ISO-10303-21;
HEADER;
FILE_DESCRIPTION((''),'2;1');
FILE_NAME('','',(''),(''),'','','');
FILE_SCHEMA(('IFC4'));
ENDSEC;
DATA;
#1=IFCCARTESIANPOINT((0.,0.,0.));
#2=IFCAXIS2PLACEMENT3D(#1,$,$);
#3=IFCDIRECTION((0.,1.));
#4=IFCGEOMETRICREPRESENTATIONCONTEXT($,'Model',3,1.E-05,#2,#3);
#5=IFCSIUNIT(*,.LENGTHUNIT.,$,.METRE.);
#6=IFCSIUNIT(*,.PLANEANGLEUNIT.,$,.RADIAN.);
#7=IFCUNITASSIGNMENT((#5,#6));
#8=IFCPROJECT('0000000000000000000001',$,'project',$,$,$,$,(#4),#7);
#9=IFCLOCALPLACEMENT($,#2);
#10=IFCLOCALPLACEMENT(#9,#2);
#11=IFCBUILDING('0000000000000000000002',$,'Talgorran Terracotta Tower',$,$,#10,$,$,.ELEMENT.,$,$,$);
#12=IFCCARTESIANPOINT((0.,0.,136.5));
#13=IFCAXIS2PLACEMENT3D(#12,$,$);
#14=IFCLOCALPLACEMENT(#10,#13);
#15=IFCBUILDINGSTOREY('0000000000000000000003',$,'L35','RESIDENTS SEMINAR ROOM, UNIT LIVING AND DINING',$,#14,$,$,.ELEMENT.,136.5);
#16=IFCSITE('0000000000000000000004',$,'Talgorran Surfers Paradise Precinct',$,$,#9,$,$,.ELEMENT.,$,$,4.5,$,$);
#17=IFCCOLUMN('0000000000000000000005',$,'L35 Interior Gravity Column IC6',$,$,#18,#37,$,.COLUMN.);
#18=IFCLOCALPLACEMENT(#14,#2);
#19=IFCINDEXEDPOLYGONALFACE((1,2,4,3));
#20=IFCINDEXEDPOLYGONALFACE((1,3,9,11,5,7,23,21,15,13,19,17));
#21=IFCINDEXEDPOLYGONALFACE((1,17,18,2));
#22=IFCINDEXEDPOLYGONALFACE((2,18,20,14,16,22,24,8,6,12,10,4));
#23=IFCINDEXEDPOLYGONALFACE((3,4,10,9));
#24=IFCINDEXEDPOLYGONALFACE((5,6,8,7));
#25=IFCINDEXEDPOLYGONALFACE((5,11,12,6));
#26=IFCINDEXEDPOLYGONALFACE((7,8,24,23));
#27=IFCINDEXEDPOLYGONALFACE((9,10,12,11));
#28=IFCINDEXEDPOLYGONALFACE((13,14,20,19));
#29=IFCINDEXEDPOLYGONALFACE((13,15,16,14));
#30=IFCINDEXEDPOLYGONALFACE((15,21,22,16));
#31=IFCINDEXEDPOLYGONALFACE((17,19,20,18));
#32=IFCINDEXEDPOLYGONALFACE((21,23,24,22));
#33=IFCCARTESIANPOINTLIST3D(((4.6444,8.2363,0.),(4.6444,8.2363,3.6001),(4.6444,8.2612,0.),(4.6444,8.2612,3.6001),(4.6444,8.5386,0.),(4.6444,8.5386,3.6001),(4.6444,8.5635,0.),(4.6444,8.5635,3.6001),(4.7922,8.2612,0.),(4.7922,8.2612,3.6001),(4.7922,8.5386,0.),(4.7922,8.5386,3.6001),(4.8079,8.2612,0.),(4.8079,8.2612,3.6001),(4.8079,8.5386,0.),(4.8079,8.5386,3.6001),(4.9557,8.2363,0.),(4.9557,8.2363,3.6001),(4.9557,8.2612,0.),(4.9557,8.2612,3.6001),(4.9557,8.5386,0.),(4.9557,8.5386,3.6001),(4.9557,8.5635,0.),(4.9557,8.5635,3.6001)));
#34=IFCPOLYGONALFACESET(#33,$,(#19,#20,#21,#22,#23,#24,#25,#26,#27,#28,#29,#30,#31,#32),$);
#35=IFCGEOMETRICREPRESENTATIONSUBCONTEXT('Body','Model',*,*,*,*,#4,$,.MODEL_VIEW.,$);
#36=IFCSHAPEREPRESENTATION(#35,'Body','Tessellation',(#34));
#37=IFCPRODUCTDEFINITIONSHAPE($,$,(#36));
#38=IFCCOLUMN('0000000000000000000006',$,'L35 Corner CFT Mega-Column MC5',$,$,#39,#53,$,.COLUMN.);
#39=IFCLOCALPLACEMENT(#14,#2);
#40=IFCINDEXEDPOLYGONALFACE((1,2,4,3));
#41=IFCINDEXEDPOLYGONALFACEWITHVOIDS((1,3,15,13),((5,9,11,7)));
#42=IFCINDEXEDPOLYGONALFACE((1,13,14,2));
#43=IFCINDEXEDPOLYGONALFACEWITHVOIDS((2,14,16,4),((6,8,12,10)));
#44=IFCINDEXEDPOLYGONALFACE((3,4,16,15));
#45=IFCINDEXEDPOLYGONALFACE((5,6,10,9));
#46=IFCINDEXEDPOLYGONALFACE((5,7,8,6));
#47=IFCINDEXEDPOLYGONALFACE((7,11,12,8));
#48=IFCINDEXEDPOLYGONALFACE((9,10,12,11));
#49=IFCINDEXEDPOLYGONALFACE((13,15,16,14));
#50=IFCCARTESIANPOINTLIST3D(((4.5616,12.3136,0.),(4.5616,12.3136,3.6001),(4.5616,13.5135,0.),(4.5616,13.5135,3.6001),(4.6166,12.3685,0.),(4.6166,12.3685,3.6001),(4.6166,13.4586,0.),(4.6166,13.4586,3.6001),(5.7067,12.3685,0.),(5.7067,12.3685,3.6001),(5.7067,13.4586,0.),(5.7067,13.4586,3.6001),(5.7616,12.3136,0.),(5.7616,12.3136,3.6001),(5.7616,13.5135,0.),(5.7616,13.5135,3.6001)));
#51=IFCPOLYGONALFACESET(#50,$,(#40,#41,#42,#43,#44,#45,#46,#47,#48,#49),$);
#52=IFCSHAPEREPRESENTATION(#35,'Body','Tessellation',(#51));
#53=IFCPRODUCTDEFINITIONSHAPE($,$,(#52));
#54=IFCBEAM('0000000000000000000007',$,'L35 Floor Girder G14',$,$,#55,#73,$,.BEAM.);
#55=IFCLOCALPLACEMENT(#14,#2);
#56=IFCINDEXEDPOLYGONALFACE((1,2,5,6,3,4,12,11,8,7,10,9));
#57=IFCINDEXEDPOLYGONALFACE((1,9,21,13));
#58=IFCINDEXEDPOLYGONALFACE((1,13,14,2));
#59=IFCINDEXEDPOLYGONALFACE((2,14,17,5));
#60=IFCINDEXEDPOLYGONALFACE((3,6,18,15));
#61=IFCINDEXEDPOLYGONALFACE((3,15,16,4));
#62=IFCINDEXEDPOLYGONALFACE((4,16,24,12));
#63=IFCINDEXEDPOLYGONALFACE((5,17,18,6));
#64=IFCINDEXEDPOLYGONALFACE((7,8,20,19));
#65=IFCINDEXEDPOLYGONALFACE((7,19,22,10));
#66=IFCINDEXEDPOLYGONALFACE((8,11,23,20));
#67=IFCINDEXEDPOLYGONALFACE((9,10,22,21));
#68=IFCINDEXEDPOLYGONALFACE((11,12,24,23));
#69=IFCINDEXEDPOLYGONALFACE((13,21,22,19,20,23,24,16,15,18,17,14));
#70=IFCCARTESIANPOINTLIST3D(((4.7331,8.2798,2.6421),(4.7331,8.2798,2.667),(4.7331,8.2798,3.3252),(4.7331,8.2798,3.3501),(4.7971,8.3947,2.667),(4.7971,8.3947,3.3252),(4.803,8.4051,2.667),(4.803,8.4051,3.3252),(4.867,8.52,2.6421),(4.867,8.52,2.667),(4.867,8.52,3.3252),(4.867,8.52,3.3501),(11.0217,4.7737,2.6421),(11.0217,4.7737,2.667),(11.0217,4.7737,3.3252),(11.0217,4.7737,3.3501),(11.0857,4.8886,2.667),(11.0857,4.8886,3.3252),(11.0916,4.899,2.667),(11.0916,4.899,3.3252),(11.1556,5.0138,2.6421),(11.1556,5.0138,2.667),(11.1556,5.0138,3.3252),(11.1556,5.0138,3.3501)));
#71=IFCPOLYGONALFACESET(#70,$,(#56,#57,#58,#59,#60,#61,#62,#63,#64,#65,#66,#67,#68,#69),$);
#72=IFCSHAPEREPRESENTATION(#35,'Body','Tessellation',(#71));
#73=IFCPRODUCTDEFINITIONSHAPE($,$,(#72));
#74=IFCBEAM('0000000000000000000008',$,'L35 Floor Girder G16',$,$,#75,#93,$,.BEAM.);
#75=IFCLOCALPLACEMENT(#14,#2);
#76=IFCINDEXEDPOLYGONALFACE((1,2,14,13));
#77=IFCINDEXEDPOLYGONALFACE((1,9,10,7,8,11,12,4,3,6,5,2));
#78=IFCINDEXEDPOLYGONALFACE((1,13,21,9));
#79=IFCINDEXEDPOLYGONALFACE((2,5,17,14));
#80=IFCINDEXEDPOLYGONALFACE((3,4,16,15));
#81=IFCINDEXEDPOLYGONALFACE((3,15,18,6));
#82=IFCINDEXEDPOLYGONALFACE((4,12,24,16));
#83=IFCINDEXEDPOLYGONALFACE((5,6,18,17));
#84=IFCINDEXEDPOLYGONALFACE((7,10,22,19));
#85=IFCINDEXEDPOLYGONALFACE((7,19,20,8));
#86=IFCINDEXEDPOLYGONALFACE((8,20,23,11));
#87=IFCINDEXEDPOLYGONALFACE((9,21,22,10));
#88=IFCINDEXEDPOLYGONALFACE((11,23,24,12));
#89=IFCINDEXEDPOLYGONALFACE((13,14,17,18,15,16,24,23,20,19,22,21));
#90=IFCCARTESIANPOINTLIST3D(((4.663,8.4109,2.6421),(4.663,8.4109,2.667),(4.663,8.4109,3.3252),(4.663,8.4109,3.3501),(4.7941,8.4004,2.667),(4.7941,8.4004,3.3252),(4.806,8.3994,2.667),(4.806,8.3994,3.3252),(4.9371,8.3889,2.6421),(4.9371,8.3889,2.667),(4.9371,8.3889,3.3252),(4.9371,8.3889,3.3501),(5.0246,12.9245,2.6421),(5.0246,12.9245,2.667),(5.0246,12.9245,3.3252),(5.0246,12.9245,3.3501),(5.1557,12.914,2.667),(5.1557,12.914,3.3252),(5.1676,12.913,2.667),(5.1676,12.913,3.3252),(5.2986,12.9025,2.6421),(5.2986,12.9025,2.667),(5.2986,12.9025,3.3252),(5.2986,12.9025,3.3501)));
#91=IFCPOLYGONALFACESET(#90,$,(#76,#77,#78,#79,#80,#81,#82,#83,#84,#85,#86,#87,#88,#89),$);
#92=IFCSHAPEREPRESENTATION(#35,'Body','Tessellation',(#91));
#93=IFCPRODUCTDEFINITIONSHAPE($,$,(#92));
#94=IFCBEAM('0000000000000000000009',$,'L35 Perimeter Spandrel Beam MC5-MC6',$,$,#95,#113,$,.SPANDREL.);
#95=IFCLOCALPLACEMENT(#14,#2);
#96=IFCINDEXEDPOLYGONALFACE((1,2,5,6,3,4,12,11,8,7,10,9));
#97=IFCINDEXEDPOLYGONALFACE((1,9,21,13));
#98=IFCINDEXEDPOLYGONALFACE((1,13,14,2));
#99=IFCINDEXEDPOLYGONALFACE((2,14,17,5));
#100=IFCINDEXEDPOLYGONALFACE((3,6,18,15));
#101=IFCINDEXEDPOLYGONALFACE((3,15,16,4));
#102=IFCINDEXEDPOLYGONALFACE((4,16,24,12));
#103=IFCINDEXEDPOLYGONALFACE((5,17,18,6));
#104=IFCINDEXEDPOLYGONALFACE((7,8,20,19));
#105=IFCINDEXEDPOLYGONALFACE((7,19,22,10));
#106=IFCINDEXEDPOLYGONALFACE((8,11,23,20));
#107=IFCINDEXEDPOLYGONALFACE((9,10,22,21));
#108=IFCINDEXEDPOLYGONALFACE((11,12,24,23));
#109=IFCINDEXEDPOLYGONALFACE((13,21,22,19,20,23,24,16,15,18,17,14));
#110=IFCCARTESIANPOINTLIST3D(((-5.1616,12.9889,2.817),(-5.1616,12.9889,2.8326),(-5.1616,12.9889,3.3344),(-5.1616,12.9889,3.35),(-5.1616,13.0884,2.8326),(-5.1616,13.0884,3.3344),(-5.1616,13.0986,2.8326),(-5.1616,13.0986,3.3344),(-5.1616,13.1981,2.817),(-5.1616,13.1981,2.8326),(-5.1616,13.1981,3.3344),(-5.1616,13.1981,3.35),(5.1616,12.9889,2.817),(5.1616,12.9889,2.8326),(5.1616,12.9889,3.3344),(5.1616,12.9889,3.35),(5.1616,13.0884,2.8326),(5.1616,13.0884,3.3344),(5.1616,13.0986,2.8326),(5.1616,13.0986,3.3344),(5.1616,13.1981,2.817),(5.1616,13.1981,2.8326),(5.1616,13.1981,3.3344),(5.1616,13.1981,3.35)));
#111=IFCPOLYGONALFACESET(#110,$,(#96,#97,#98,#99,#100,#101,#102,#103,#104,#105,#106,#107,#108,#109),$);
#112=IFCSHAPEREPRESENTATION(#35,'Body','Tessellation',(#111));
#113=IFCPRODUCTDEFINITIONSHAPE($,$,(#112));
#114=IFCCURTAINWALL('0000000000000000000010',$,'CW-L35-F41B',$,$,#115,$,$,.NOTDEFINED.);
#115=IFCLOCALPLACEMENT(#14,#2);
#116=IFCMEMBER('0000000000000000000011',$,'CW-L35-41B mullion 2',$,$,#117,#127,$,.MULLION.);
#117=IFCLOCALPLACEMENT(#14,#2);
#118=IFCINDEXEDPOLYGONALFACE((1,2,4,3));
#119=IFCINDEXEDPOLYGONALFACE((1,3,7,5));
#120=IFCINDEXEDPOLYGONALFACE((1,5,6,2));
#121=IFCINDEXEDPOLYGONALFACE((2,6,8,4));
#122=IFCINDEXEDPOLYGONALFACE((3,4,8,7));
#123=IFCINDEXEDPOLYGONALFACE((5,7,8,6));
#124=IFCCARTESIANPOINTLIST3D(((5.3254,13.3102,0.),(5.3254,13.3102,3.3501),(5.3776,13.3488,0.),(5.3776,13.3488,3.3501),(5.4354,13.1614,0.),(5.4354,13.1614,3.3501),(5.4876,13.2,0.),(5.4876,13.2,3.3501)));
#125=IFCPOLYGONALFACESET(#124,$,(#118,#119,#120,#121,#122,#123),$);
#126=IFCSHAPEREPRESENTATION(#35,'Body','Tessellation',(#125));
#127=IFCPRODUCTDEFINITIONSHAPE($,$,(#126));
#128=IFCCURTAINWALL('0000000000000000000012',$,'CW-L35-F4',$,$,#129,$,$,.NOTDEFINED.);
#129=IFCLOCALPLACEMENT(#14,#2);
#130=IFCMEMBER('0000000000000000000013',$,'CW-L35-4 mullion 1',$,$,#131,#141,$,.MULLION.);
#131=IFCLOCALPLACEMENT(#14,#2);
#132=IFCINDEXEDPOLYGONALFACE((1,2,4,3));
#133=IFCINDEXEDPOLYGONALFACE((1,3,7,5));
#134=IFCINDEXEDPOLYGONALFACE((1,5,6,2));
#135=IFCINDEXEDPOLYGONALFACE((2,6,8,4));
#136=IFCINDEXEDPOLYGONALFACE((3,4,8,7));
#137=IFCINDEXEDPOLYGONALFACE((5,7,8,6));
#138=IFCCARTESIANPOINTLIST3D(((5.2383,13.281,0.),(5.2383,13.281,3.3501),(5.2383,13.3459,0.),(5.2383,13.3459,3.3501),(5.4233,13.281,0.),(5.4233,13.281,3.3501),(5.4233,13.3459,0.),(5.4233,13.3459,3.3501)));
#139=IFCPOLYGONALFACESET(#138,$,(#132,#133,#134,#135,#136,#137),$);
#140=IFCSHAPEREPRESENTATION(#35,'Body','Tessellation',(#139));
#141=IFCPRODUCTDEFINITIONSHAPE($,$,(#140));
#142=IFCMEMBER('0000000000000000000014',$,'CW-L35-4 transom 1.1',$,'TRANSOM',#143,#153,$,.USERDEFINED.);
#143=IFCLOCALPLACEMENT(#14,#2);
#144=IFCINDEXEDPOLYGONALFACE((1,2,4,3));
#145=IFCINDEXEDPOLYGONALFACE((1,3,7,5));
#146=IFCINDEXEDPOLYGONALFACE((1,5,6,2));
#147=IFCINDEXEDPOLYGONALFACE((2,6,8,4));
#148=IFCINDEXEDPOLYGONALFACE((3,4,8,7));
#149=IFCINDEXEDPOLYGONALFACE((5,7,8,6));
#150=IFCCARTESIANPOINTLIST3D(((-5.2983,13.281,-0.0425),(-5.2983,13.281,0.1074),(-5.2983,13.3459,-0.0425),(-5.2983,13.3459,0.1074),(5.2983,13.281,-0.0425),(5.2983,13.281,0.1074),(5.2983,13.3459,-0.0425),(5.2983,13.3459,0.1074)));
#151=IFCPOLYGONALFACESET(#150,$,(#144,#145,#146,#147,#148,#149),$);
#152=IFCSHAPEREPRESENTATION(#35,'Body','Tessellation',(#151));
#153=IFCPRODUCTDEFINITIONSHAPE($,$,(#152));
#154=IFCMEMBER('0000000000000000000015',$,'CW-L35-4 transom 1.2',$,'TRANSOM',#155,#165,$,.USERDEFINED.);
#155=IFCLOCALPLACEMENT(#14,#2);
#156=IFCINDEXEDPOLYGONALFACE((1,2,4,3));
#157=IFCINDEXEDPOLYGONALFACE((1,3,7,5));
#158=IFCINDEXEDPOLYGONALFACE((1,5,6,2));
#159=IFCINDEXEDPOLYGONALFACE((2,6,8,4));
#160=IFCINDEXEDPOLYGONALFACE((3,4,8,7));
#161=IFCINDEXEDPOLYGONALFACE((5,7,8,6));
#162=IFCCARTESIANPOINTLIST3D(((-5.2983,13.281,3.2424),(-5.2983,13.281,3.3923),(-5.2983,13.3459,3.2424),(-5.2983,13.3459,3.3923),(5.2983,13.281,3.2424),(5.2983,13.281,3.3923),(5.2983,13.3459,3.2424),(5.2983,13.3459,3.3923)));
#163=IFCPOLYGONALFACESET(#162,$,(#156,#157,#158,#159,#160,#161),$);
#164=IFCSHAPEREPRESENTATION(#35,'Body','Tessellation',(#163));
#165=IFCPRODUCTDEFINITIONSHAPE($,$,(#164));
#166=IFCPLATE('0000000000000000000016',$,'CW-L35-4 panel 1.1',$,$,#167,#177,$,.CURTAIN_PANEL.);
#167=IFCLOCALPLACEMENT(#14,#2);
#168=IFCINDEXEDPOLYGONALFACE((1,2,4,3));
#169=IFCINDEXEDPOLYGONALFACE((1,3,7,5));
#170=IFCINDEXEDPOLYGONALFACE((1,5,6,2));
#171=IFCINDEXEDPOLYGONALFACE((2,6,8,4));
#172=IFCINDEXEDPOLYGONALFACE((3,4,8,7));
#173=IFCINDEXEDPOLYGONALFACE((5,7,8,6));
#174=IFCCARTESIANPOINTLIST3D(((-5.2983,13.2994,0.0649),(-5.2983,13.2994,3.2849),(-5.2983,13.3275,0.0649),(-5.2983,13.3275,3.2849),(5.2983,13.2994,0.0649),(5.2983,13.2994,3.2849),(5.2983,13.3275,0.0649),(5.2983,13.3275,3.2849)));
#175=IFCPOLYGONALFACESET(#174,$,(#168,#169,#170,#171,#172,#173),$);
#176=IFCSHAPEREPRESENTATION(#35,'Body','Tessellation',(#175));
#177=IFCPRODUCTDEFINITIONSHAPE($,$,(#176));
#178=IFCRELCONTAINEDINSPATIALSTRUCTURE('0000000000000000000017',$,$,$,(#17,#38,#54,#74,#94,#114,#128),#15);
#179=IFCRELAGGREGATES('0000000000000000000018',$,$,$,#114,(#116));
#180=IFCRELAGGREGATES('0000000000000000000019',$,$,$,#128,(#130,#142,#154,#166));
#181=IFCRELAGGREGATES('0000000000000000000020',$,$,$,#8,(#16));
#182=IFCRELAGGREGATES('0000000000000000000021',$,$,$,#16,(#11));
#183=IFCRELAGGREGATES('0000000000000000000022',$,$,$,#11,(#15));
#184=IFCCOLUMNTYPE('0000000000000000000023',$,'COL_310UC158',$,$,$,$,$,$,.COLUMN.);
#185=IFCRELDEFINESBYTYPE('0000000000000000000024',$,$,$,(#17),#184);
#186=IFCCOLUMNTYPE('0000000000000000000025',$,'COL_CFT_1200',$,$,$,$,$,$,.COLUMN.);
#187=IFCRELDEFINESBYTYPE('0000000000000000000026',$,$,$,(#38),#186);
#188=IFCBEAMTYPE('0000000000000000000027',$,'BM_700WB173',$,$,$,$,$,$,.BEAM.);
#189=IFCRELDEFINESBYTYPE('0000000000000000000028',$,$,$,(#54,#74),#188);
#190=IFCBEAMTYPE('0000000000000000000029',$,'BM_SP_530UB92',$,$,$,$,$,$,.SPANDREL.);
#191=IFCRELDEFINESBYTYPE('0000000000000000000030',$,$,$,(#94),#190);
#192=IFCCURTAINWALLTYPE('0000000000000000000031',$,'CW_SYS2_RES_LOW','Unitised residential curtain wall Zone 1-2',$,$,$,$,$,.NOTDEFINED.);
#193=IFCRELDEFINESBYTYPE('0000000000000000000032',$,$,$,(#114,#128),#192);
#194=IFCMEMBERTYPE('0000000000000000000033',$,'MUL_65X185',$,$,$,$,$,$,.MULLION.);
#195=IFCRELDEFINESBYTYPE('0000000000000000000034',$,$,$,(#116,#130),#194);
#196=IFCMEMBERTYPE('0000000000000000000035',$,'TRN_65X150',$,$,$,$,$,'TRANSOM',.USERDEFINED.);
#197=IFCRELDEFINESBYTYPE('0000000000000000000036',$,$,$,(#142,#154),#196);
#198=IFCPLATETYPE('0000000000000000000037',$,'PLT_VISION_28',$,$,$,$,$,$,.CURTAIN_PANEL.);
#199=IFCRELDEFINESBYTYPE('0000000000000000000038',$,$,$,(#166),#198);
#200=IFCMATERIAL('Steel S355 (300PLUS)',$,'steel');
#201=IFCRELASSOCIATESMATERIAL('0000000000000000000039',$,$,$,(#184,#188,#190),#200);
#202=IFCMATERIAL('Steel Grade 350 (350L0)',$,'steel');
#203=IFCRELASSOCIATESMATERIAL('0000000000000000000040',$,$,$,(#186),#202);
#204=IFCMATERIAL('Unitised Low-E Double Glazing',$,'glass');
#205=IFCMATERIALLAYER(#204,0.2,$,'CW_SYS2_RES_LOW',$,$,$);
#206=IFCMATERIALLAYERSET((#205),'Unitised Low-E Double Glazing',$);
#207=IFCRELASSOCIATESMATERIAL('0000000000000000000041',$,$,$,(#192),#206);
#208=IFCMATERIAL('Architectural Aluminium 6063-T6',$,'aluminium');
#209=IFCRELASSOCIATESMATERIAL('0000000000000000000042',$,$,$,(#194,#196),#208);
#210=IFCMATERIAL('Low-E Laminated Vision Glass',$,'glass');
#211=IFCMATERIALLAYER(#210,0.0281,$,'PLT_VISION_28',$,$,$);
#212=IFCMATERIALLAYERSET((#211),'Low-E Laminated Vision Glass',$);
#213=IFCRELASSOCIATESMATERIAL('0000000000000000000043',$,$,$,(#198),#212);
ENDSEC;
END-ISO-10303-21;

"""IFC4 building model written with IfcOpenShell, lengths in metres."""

from ifc_helpers import new_model, si_unit, direction, frame, origin, origin_2d, place, context, subcontext, project, spatial, rectangle, hollow_rectangle, i_section, extrude, source, transform, mapped, material, layer, layer_set, material_profile, profile_set, type_object, type_shapes, element, aggregate, save


model = new_model("IFC4")

# Units and contexts
model_context = context("Model", 3, precision=1e-05, world=origin(), true_north=direction((0.0, 1.0)))
body_context = subcontext(model_context, "Body", "Model", "MODEL_VIEW")
ifc_project = project(units=[si_unit("LENGTHUNIT", "METRE"), si_unit("PLANEANGLEUNIT", "RADIAN")], contexts=[model_context])

# Site, building, storey
site_placement = place(None, origin())
site = spatial("IfcSite", under=ifc_project, at=site_placement, Name="Talgorran Surfers Paradise Precinct", CompositionType="ELEMENT", RefElevation=4.5)
building_placement = place(site_placement, origin())
building = spatial("IfcBuilding", under=site, at=building_placement, Name="Talgorran Terracotta Tower", CompositionType="ELEMENT")
storey_placement = place(building_placement, frame((0.0, 0.0, 136.5)))
storey = spatial("IfcBuildingStorey", under=building, at=storey_placement, Name="L35", Description="RESIDENTS SEMINAR ROOM, UNIT LIVING AND DINING", CompositionType="ELEMENT", Elevation=136.5)

# Columns
ifc_material_1 = material(Name="Steel S355 (300PLUS)", Category="steel")
ifc_material_profile_1 = material_profile(ifc_material_1, i_section(OverallWidth=0.3113, OverallDepth=0.3271, WebThickness=0.0156, FlangeThickness=0.0249, at=origin_2d()), Name="310UC158")
ifc_profile_set_1 = profile_set([ifc_material_profile_1], Name="Steel S355 (300PLUS)")
column_type_1 = type_object("IfcColumnType", Name="COL_310UC158", PredefinedType="COLUMN", material=ifc_profile_set_1)
column_1_placement = place(storey_placement, frame((4.8, 8.3999, 0.0), z_axis=(0.0, 0.0, 1.0), x_axis=(1.0, 0.0, 0.0)))
element("IfcColumn", 1, at=column_1_placement, inside=storey, type_object=column_type_1, Name="L35 Interior Gravity Column IC6", PredefinedType="COLUMN", context=body_context, shape_type="SweptSolid", body=[
    extrude(i_section(OverallWidth=0.3113, OverallDepth=0.3271, WebThickness=0.0156, FlangeThickness=0.0249, at=origin_2d()), origin(), (0.0, 0.0, 1.0), 3.6001),
])
ifc_material_2 = material(Name="Steel Grade 350 (350L0)", Category="steel")
ifc_material_profile_2 = material_profile(ifc_material_2, hollow_rectangle(XDim=1.2, YDim=1.2, WallThickness=0.0549, at=origin_2d()), Name="CFT1200X1200X55")
ifc_profile_set_2 = profile_set([ifc_material_profile_2], Name="Steel Grade 350 (350L0)")
column_type_2 = type_object("IfcColumnType", Name="COL_CFT_1200", PredefinedType="COLUMN", material=ifc_profile_set_2)
column_2_placement = place(storey_placement, frame((5.1616, 12.9136, 0.0), z_axis=(0.0, 0.0, 1.0), x_axis=(1.0, 0.0, 0.0)))
element("IfcColumn", 2, at=column_2_placement, inside=storey, type_object=column_type_2, Name="L35 Corner CFT Mega-Column MC5", PredefinedType="COLUMN", context=body_context, shape_type="SweptSolid", body=[
    extrude(hollow_rectangle(XDim=1.2, YDim=1.2, WallThickness=0.0549, at=origin_2d()), origin(), (0.0, 0.0, 1.0), 3.6001),
])

# Beams
ifc_material_profile_3 = material_profile(ifc_material_1, i_section(OverallWidth=0.2749, OverallDepth=0.708, WebThickness=0.012, FlangeThickness=0.0249, at=origin_2d()), Name="700WB173")
ifc_profile_set_3 = profile_set([ifc_material_profile_3], Name="Steel S355 (300PLUS)")
beam_type_1 = type_object("IfcBeamType", Name="BM_700WB173", PredefinedType="BEAM", material=ifc_profile_set_3)
beam_1_placement = place(storey_placement, frame((4.8, 8.3999, 2.9961), z_axis=(0.873422, -0.486964, 0.0), x_axis=(0.486964, 0.873422, 0.0)))
element("IfcBeam", 3, at=beam_1_placement, inside=storey, type_object=beam_type_1, Name="L35 Floor Girder G14", PredefinedType="BEAM", context=body_context, shape_type="SweptSolid", body=[
    extrude(i_section(OverallWidth=0.2749, OverallDepth=0.708, WebThickness=0.012, FlangeThickness=0.0249, at=origin_2d()), origin(), (0.0, 0.0, 1.0), 7.2),
])
beam_2_placement = place(storey_placement, frame((4.8, 8.3999, 2.9961), z_axis=(0.07985, 0.996807, 0.0), x_axis=(-0.996807, 0.07985, 0.0)))
element("IfcBeam", 4, at=beam_2_placement, inside=storey, type_object=beam_type_1, Name="L35 Floor Girder G16", PredefinedType="BEAM", context=body_context, shape_type="SweptSolid", body=[
    extrude(i_section(OverallWidth=0.2749, OverallDepth=0.708, WebThickness=0.012, FlangeThickness=0.0249, at=origin_2d()), origin(), (0.0, 0.0, 1.0), 4.5281),
])
ifc_material_profile_4 = material_profile(ifc_material_1, i_section(OverallWidth=0.2092, OverallDepth=0.533, WebThickness=0.0103, FlangeThickness=0.0156, at=origin_2d()), Name="530UB92.4")
ifc_profile_set_4 = profile_set([ifc_material_profile_4], Name="Steel S355 (300PLUS)")
beam_type_2 = type_object("IfcBeamType", Name="BM_SP_530UB92", PredefinedType="SPANDREL", material=ifc_profile_set_4)
beam_3_placement = place(storey_placement, frame((5.1616, 13.0935, 3.0835), z_axis=(-1.0, 0.0, 0.0), x_axis=(0.0, -1.0, 0.0)))
element("IfcBeam", 5, at=beam_3_placement, inside=storey, type_object=beam_type_2, Name="L35 Perimeter Spandrel Beam MC5-MC6", PredefinedType="SPANDREL", context=body_context, shape_type="SweptSolid", body=[
    extrude(i_section(OverallWidth=0.2092, OverallDepth=0.533, WebThickness=0.0103, FlangeThickness=0.0156, at=origin_2d()), origin(), (0.0, 0.0, 1.0), 10.3232),
])

# Curtain wall, member
ifc_material_3 = material(Name="Unitised Low-E Double Glazing", Category="glass")
ifc_layer_1 = layer(ifc_material_3, 0.2, Name="CW_SYS2_RES_LOW")
ifc_layer_set_1 = layer_set([ifc_layer_1], Name="Unitised Low-E Double Glazing")
curtain_wall_type = type_object("IfcCurtainWallType", Name="CW_SYS2_RES_LOW", Description="Unitised residential curtain wall Zone 1-2", PredefinedType="NOTDEFINED", material=ifc_layer_set_1)
curtain_wall_1_placement = place(storey_placement, origin())
curtain_wall_1 = element("IfcCurtainWall", 6, at=curtain_wall_1_placement, inside=storey, type_object=curtain_wall_type, Name="CW-L35-F41B", PredefinedType="NOTDEFINED")
ifc_material_4 = material(Name="Architectural Aluminium 6063-T6", Category="aluminium")
ifc_material_profile_5 = material_profile(ifc_material_4, rectangle(XDim=0.0649, YDim=0.1851, at=origin_2d()), Name="CWM65X185")
ifc_profile_set_5 = profile_set([ifc_material_profile_5], Name="Architectural Aluminium 6063-T6")
member_type_1 = type_object("IfcMemberType", Name="MUL_65X185", PredefinedType="MULLION", material=ifc_profile_set_5)
member_1_placement = place(storey_placement, frame((5.4065, 13.2551, 0.0), z_axis=(0.0, 0.0, 1.0), x_axis=(-0.80421, -0.594346, 0.0)))
member_1 = element("IfcMember", 7, at=member_1_placement, type_object=member_type_1, Name="CW-L35-41B mullion 2", PredefinedType="MULLION", context=body_context, shape_type="SweptSolid", body=[
    extrude(rectangle(XDim=0.0649, YDim=0.1851, at=origin_2d()), origin(), (0.0, 0.0, 1.0), 3.3501),
])
aggregate(curtain_wall_1, [member_1])

# Curtain wall, members, plate
curtain_wall_2_placement = place(storey_placement, origin())
curtain_wall_2 = element("IfcCurtainWall", 8, at=curtain_wall_2_placement, inside=storey, type_object=curtain_wall_type, Name="CW-L35-F4", PredefinedType="NOTDEFINED")
member_2_placement = place(storey_placement, frame((5.3308, 13.3135, 0.0), z_axis=(0.0, 0.0, 1.0), x_axis=(0.0, -1.0, 0.0)))
member_2 = element("IfcMember", 9, at=member_2_placement, type_object=member_type_1, Name="CW-L35-4 mullion 1", PredefinedType="MULLION", context=body_context, shape_type="SweptSolid", body=[
    extrude(rectangle(XDim=0.0649, YDim=0.1851, at=origin_2d()), origin(), (0.0, 0.0, 1.0), 3.3501),
])
ifc_material_profile_6 = material_profile(ifc_material_4, rectangle(XDim=0.0649, YDim=0.1499, at=origin_2d()), Name="CWT65X150")
ifc_profile_set_6 = profile_set([ifc_material_profile_6], Name="Architectural Aluminium 6063-T6")
member_type_2 = type_object("IfcMemberType", Name="TRN_65X150", ElementType="TRANSOM", PredefinedType="USERDEFINED", material=ifc_profile_set_6)
member_3_placement = place(storey_placement, frame((5.2983, 13.3135, 0.0325), z_axis=(-1.0, 0.0, 0.0), x_axis=(0.0, -1.0, 0.0)))
member_3 = element("IfcMember", 10, at=member_3_placement, type_object=member_type_2, Name="CW-L35-4 transom 1.1", ObjectType="TRANSOM", PredefinedType="USERDEFINED", context=body_context, shape_type="SweptSolid", body=[
    extrude(rectangle(XDim=0.0649, YDim=0.1499, at=origin_2d()), origin(), (0.0, 0.0, 1.0), 10.5967),
])
member_4_placement = place(storey_placement, frame((5.2983, 13.3135, 3.3174), z_axis=(-1.0, 0.0, 0.0), x_axis=(0.0, -1.0, 0.0)))
member_4 = element("IfcMember", 11, at=member_4_placement, type_object=member_type_2, Name="CW-L35-4 transom 1.2", ObjectType="TRANSOM", PredefinedType="USERDEFINED", context=body_context, shape_type="SweptSolid", body=[
    extrude(rectangle(XDim=0.0649, YDim=0.1499, at=origin_2d()), origin(), (0.0, 0.0, 1.0), 10.5967),
])
ifc_material_5 = material(Name="Low-E Laminated Vision Glass", Category="glass")
ifc_layer_2 = layer(ifc_material_5, 0.0281, Name="PLT_VISION_28")
ifc_layer_set_2 = layer_set([ifc_layer_2], Name="Low-E Laminated Vision Glass")
plate_type = type_object("IfcPlateType", Name="PLT_VISION_28", PredefinedType="CURTAIN_PANEL", material=ifc_layer_set_2)
shared_shape_1 = source(origin(), body_context, "Body", "SweptSolid", [
    extrude(rectangle(XDim=10.5967, YDim=0.0281, at=origin_2d()), origin(), (0.0, 0.0, 1.0), 3.22),
])
type_shapes(plate_type, [shared_shape_1])
plate_placement = place(storey_placement, frame((0.0, 13.3135, 0.0649), z_axis=(0.0, 0.0, 1.0), x_axis=(-1.0, 0.0, 0.0)))
plate = element("IfcPlate", 12, at=plate_placement, type_object=plate_type, Name="CW-L35-4 panel 1.1", PredefinedType="CURTAIN_PANEL", context=body_context, shape_type="MappedRepresentation", body=[
    mapped(shared_shape_1, transform((0.0, 0.0, 0.0), scale=1.0)),
])
aggregate(curtain_wall_2, [member_2, member_3, member_4, plate])

save(model, "model.ifc")
